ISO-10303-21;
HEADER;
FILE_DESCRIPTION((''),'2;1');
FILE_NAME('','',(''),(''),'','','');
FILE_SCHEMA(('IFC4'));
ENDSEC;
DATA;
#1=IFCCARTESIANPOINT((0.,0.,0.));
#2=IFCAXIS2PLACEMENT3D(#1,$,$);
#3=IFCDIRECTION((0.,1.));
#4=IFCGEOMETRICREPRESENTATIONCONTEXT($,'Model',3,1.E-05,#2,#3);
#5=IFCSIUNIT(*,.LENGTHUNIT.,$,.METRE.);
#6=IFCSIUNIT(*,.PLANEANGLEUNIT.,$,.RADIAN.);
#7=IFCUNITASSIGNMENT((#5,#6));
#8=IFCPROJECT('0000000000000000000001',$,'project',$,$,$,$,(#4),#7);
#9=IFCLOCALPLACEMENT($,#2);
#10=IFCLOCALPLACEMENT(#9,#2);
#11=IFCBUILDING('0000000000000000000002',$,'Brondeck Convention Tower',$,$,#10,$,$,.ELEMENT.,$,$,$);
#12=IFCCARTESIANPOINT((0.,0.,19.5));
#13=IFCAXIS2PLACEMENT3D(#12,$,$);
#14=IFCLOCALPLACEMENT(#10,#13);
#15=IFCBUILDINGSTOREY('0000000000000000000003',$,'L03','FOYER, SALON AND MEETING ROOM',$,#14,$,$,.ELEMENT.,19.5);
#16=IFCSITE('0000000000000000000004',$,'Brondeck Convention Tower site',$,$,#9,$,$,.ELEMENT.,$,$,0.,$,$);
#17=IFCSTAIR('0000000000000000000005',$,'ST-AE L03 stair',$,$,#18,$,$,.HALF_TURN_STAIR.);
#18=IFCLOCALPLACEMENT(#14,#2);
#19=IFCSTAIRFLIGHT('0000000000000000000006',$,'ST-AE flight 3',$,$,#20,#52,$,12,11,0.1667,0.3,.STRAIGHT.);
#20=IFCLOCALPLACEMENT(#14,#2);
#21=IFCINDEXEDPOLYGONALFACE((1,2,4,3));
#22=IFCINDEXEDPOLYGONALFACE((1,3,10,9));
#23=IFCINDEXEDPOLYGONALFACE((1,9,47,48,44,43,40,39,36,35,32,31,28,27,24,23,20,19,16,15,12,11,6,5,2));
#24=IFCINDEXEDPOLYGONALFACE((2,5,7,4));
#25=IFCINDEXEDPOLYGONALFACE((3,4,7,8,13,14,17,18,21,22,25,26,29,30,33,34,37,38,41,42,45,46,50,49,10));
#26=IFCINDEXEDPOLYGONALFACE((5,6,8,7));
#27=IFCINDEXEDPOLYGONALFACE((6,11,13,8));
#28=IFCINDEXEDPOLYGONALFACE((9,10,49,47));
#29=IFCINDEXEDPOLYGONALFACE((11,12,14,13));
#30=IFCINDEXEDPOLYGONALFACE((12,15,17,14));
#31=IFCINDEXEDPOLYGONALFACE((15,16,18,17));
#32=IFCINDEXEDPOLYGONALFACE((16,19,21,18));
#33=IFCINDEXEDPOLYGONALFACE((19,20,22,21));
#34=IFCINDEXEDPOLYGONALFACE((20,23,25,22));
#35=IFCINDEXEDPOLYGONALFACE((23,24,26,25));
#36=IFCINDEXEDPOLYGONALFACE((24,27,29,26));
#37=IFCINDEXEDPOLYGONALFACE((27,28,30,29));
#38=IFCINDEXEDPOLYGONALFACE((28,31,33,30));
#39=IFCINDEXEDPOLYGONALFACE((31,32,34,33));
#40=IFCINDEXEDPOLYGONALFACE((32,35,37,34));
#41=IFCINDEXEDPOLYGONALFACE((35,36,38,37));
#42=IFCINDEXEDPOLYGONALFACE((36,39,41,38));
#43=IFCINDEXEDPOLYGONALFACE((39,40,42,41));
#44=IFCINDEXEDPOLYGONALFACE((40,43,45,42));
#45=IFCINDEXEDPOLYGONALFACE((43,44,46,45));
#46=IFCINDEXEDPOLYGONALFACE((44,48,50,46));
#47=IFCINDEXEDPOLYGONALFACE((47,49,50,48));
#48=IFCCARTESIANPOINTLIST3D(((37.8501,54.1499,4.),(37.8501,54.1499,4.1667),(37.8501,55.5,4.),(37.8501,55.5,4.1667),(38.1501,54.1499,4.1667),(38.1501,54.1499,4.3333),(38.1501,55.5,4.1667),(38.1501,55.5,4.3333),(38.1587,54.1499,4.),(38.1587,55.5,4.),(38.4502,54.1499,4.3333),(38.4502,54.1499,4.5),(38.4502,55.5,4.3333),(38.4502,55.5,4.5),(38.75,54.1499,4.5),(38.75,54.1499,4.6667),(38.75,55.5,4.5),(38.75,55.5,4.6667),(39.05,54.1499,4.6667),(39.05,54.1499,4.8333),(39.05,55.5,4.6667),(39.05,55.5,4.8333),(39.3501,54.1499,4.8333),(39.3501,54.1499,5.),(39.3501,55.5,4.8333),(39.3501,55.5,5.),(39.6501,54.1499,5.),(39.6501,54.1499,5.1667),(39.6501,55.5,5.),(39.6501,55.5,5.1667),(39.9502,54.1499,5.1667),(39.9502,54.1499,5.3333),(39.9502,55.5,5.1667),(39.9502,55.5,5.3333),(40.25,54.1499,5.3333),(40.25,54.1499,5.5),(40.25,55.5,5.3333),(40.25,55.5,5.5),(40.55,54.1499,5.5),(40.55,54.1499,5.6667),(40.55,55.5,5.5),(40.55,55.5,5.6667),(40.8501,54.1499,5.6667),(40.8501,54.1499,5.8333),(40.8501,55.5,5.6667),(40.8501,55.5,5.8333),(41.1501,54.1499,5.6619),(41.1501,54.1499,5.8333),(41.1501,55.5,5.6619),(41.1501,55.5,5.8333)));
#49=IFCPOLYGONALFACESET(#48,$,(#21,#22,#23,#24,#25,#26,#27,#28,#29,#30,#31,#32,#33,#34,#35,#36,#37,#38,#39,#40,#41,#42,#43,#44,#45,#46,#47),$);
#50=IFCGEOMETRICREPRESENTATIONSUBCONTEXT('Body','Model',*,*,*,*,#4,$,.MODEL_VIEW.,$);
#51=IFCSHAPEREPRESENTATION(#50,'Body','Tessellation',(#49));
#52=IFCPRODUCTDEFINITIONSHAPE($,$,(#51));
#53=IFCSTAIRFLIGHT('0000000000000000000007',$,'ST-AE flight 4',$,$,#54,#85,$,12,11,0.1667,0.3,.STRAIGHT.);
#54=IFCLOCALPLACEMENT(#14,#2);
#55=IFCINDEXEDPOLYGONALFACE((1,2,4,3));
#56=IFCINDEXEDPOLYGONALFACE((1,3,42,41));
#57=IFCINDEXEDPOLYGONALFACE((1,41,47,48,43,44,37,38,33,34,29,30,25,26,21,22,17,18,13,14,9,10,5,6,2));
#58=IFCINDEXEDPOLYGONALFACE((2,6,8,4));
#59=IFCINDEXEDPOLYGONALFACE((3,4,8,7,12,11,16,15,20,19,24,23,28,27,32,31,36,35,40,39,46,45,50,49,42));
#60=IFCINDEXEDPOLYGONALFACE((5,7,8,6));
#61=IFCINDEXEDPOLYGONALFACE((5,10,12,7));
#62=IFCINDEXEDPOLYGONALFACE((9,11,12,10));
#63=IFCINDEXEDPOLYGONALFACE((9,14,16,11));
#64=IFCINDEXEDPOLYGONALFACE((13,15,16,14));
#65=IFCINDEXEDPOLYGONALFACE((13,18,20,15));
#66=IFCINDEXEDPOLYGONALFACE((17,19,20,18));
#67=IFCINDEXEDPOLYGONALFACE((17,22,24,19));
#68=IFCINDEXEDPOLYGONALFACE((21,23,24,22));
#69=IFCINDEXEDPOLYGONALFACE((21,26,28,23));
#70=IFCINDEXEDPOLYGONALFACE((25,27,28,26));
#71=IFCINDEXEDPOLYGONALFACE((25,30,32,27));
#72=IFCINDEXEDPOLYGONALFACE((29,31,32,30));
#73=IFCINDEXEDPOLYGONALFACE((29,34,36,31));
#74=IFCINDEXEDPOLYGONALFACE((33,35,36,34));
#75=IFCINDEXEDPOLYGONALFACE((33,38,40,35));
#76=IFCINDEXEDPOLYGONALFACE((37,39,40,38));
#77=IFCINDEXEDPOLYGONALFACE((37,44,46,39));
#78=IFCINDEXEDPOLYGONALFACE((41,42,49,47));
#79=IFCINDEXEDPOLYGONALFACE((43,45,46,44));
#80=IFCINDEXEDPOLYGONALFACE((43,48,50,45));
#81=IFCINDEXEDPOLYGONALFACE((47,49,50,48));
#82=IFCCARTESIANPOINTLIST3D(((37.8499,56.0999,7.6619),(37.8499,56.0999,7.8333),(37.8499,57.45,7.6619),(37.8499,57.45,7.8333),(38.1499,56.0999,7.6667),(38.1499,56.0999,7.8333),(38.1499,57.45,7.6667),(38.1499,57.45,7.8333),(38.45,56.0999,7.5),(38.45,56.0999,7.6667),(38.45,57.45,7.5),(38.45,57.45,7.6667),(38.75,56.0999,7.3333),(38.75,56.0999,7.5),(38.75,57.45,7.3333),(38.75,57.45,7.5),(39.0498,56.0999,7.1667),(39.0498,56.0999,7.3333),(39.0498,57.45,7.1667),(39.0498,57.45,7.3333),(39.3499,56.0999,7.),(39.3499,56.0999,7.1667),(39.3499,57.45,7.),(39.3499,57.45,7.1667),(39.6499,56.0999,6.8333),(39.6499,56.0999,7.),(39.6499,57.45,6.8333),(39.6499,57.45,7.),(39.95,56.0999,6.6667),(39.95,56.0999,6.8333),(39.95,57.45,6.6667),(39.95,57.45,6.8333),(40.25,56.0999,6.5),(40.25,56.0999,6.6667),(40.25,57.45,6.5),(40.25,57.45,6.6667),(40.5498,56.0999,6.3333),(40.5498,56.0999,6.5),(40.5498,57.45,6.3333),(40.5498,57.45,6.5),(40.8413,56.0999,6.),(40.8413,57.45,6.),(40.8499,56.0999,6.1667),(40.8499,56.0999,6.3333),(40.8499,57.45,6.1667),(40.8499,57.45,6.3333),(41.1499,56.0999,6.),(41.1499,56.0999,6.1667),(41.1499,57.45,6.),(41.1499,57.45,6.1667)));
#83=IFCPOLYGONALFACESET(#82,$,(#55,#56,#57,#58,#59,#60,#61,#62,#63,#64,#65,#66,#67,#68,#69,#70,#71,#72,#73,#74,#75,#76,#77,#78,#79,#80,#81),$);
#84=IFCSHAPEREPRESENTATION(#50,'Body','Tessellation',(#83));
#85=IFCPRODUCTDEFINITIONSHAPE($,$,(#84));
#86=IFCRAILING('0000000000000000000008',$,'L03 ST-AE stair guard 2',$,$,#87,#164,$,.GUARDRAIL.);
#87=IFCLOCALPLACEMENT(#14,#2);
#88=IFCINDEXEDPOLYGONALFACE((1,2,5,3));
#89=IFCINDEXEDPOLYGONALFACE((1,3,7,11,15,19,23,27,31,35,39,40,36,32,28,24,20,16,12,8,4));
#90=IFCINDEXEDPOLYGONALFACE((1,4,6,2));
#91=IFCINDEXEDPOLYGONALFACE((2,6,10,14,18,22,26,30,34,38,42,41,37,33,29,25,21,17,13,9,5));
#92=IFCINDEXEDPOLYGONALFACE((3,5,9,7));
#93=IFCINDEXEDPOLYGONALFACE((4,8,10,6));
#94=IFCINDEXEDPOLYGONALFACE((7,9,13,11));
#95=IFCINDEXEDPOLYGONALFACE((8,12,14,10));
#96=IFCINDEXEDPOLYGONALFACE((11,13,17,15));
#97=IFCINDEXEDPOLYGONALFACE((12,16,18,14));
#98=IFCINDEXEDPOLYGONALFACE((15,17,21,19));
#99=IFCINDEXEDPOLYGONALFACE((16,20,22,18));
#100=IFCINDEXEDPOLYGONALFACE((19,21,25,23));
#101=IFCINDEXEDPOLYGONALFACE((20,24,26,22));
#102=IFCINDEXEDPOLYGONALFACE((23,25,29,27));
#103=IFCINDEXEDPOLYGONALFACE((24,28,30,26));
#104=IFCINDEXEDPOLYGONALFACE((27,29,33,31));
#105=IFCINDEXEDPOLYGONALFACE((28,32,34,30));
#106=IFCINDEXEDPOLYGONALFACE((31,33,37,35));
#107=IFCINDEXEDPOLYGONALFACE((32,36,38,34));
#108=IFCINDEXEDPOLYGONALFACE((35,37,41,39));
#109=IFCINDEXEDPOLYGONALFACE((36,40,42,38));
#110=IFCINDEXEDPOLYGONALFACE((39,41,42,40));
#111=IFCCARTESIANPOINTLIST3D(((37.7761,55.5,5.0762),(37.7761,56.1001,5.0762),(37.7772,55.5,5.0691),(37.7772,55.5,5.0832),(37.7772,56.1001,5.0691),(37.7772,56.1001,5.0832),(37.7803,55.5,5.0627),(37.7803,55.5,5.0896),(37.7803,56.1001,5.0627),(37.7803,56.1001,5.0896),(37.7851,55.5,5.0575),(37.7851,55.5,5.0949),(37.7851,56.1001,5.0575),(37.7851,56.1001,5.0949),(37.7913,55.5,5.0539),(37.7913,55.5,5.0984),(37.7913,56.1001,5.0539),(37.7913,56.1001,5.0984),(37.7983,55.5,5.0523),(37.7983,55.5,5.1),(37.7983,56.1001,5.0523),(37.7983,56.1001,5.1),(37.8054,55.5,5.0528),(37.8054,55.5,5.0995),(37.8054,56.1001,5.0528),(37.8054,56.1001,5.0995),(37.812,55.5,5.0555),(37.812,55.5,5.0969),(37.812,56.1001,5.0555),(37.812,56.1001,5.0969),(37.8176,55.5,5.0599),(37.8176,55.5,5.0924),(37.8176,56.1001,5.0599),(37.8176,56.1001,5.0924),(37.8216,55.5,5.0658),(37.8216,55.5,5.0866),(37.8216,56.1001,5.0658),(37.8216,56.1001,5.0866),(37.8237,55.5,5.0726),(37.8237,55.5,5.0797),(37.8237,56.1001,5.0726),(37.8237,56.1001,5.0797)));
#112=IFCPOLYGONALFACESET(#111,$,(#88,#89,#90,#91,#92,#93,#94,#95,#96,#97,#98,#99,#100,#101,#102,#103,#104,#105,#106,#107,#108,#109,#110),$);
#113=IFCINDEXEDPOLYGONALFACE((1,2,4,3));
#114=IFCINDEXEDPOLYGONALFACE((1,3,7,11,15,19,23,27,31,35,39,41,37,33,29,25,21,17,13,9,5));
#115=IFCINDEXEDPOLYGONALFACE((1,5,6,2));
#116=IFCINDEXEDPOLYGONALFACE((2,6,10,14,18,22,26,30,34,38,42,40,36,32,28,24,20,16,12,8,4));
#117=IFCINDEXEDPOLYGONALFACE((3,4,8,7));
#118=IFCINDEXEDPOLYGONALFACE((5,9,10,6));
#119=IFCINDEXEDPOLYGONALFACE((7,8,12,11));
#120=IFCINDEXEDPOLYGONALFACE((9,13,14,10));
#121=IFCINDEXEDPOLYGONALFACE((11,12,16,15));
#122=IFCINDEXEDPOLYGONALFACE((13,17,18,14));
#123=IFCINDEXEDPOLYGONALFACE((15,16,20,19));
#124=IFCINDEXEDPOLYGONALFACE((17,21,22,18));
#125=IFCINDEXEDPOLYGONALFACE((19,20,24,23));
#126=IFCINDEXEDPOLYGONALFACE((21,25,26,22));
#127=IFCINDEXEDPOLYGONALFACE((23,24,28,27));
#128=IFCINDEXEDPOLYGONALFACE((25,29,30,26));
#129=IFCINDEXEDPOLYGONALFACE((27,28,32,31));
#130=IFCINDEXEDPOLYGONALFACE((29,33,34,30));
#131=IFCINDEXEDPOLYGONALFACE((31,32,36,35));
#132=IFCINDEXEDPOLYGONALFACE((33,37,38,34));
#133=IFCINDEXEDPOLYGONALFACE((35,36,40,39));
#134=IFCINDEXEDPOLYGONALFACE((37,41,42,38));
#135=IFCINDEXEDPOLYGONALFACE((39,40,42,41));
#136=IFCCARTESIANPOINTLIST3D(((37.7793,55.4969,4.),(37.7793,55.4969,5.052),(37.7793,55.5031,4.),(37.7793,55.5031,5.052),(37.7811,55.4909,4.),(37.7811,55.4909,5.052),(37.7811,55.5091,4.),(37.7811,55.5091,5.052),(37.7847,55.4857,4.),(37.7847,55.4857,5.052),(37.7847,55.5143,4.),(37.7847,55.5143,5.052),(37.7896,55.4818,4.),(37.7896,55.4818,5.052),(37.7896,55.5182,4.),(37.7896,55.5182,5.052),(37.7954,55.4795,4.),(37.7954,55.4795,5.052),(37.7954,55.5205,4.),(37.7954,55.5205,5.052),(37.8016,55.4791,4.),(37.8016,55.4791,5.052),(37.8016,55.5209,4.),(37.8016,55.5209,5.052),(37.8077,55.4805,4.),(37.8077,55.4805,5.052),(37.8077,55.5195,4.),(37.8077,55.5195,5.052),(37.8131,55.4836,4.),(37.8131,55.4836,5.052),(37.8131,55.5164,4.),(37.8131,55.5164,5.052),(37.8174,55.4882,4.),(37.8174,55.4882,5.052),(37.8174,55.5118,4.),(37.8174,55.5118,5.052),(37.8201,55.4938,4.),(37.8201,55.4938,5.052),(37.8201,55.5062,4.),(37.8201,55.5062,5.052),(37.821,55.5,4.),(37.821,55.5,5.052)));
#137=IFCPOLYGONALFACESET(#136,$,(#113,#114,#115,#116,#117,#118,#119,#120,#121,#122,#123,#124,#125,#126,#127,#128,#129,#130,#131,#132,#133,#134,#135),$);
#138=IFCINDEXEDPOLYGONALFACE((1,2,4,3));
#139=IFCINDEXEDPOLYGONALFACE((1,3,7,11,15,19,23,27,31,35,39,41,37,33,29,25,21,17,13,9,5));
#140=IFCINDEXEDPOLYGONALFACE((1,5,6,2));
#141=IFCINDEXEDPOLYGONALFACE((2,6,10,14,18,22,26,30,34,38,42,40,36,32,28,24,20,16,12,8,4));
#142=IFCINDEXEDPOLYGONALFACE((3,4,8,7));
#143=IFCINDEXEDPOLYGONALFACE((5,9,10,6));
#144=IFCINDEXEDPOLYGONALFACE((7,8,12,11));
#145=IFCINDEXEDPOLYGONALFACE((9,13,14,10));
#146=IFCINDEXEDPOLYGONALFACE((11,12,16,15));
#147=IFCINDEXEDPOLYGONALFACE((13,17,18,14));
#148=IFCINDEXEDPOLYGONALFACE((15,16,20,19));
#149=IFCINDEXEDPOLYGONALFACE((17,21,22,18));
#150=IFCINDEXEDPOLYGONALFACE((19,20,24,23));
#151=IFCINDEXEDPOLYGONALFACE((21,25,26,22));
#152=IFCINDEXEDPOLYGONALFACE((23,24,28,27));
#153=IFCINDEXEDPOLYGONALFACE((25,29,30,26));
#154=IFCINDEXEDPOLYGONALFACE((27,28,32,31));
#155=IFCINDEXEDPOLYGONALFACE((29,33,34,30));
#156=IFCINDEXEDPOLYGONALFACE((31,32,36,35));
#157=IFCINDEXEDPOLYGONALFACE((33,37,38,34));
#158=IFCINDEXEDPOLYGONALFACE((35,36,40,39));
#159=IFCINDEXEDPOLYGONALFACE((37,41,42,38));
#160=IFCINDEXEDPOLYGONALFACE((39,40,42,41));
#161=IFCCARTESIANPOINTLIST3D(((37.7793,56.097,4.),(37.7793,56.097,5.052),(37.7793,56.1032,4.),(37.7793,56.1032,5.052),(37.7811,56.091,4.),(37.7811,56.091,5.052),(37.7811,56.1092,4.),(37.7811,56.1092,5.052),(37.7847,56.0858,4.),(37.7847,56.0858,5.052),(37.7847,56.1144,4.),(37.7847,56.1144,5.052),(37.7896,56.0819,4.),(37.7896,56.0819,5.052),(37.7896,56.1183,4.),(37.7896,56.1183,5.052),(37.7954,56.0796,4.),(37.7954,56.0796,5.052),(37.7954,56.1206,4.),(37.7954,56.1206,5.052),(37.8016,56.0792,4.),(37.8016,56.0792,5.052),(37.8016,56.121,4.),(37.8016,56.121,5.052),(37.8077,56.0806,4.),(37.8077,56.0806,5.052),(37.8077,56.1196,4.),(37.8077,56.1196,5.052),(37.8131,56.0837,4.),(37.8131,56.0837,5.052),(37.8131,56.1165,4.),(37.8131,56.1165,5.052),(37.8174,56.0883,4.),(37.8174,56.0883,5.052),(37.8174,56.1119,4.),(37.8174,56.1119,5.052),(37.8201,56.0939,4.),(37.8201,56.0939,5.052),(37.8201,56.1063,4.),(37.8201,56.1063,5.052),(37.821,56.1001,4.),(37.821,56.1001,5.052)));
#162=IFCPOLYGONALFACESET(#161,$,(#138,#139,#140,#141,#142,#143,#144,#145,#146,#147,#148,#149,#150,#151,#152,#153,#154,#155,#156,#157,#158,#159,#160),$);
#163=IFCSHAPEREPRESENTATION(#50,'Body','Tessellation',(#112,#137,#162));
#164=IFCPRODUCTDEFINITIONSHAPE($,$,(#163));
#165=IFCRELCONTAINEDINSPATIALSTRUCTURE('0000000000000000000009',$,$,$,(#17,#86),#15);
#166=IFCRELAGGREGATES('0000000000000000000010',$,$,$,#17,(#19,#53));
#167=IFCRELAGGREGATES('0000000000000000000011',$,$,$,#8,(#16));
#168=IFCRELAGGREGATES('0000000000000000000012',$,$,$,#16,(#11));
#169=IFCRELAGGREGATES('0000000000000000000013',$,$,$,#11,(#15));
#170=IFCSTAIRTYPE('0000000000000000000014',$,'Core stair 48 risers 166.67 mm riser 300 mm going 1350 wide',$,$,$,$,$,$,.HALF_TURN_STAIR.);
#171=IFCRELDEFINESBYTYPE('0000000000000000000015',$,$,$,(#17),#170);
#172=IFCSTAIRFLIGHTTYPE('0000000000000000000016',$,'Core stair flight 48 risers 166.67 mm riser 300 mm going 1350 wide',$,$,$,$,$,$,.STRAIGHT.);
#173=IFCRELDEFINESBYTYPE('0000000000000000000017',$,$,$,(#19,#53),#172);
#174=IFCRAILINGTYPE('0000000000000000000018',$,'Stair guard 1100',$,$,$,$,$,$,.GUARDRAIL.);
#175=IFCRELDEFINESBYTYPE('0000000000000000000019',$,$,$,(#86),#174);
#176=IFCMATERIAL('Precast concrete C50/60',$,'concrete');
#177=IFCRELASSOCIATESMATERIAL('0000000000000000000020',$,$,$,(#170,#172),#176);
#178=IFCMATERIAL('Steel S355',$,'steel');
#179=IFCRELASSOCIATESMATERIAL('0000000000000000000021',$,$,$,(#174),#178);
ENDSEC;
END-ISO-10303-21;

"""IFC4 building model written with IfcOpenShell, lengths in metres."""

from ifc_helpers import new_model, si_unit, direction, frame, origin, origin_2d, place, context, subcontext, project, spatial, polyline, circle, outline, extrude, material, type_object, element, aggregate, save


model = new_model("IFC4")

# Units and contexts
model_context = context("Model", 3, precision=1e-05, world=origin(), true_north=direction((0.0, 1.0)))
body_context = subcontext(model_context, "Body", "Model", "MODEL_VIEW")
ifc_project = project(units=[si_unit("LENGTHUNIT", "METRE"), si_unit("PLANEANGLEUNIT", "RADIAN")], contexts=[model_context])

# Site, building, storey
site_placement = place(None, origin())
site = spatial("IfcSite", under=ifc_project, at=site_placement, Name="Brondeck Convention Tower site", CompositionType="ELEMENT", RefElevation=0.0)
building_placement = place(site_placement, origin())
building = spatial("IfcBuilding", under=site, at=building_placement, Name="Brondeck Convention Tower", CompositionType="ELEMENT")
storey_placement = place(building_placement, frame((0.0, 0.0, 19.5)))
storey = spatial("IfcBuildingStorey", under=building, at=storey_placement, Name="L03", Description="FOYER, SALON AND MEETING ROOM", CompositionType="ELEMENT", Elevation=19.5)

# Shared definitions
ifc_material_1 = material(Name="Steel S355", Category="steel")

# Stair, stair flights
ifc_material_2 = material(Name="Precast concrete C50/60", Category="concrete")
stair_type = type_object("IfcStairType", Name="Core stair 48 risers 166.67 mm riser 300 mm going 1350 wide", PredefinedType="HALF_TURN_STAIR", material=ifc_material_2)
stair_placement = place(storey_placement, origin())
stair = element("IfcStair", 1, at=stair_placement, inside=storey, type_object=stair_type, Name="ST-AE L03 stair", PredefinedType="HALF_TURN_STAIR")
stair_flight_type = type_object("IfcStairFlightType", Name="Core stair flight 48 risers 166.67 mm riser 300 mm going 1350 wide", PredefinedType="STRAIGHT", material=ifc_material_2)
stair_flight_1_placement = place(storey_placement, frame((37.8501, 54.825, 4.0), z_axis=(0.0, 0.0, 1.0), x_axis=(1.0, 0.0, 0.0)))
stair_flight_1 = element("IfcStairFlight", 2, at=stair_flight_1_placement, type_object=stair_flight_type, Name="ST-AE flight 3", NumberOfRisers=12, NumberOfTreads=11, PredefinedType="STRAIGHT", RiserHeight=0.1667, TreadLength=0.3, context=body_context, shape_type="SweptSolid", body=[
    extrude(outline(polyline([(0.0, 0.0), (0.0, 0.1667), (0.3, 0.1667), (0.3, 0.3333), (0.6001, 0.3333), (0.6001, 0.5), (0.8999, 0.5), (0.8999, 0.6667), (1.2, 0.6667), (1.2, 0.8333), (1.5, 0.8333), (1.5, 1.0), (1.8, 1.0), (1.8, 1.1667), (2.1001, 1.1667), (2.1001, 1.3333), (2.3999, 1.3333), (2.3999, 1.5), (2.7, 1.5), (2.7, 1.6667), (3.0, 1.6667), (3.0, 1.8333), (3.3, 1.8333), (3.3, 2.0), (3.3, 1.6619), (0.3086, 0.0), (0.0, 0.0)])), frame((0.0, 0.675, 0.0), z_axis=(0.0, -1.0, 0.0), x_axis=(1.0, 0.0, 0.0)), (0.0, 0.0, 1.0), 1.3501),
])
stair_flight_2_placement = place(storey_placement, frame((41.1499, 56.7749, 6.0), z_axis=(0.0, 0.0, 1.0), x_axis=(-1.0, 0.0, 0.0)))
stair_flight_2 = element("IfcStairFlight", 3, at=stair_flight_2_placement, type_object=stair_flight_type, Name="ST-AE flight 4", NumberOfRisers=12, NumberOfTreads=11, PredefinedType="STRAIGHT", RiserHeight=0.1667, TreadLength=0.3, context=body_context, shape_type="SweptSolid", body=[
    extrude(outline(polyline([(0.0, 0.0), (0.0, 0.1667), (0.3, 0.1667), (0.3, 0.3333), (0.6001, 0.3333), (0.6001, 0.5), (0.8999, 0.5), (0.8999, 0.6667), (1.2, 0.6667), (1.2, 0.8333), (1.5, 0.8333), (1.5, 1.0), (1.8, 1.0), (1.8, 1.1667), (2.1001, 1.1667), (2.1001, 1.3333), (2.3999, 1.3333), (2.3999, 1.5), (2.7, 1.5), (2.7, 1.6667), (3.0, 1.6667), (3.0, 1.8333), (3.3, 1.8333), (3.3, 2.0), (3.3, 1.6619), (0.3086, 0.0), (0.0, 0.0)])), frame((0.0, 0.675, 0.0), z_axis=(0.0, -1.0, 0.0), x_axis=(1.0, 0.0, 0.0)), (0.0, 0.0, 1.0), 1.3501),
])
aggregate(stair, [stair_flight_1, stair_flight_2])

# Railing
railing_type_1 = type_object("IfcRailingType", Name="Stair guard 1100", PredefinedType="GUARDRAIL", material=ifc_material_1)
railing_1_placement = place(storey_placement, frame((37.8, 55.5, 4.0)))
element("IfcRailing", 4, at=railing_1_placement, inside=storey, type_object=railing_type_1, Name="L03 ST-AE stair guard 2", PredefinedType="GUARDRAIL", context=body_context, shape_type="SweptSolid", body=[
    extrude(circle(Radius=0.0239, at=origin_2d()), frame((0.0, 0.0, 1.0762), z_axis=(0.0, 1.0, 0.0), x_axis=(-1.0, 0.0, 0.0)), (0.0, 0.0, 1.0), 0.6001),
    extrude(circle(Radius=0.021, at=origin_2d()), origin(), (0.0, 0.0, 1.0), 1.052),
    extrude(circle(Radius=0.021, at=origin_2d()), frame((0.0, 0.6001, 0.0)), (0.0, 0.0, 1.0), 1.052),
])

save(model, "model.ifc")
